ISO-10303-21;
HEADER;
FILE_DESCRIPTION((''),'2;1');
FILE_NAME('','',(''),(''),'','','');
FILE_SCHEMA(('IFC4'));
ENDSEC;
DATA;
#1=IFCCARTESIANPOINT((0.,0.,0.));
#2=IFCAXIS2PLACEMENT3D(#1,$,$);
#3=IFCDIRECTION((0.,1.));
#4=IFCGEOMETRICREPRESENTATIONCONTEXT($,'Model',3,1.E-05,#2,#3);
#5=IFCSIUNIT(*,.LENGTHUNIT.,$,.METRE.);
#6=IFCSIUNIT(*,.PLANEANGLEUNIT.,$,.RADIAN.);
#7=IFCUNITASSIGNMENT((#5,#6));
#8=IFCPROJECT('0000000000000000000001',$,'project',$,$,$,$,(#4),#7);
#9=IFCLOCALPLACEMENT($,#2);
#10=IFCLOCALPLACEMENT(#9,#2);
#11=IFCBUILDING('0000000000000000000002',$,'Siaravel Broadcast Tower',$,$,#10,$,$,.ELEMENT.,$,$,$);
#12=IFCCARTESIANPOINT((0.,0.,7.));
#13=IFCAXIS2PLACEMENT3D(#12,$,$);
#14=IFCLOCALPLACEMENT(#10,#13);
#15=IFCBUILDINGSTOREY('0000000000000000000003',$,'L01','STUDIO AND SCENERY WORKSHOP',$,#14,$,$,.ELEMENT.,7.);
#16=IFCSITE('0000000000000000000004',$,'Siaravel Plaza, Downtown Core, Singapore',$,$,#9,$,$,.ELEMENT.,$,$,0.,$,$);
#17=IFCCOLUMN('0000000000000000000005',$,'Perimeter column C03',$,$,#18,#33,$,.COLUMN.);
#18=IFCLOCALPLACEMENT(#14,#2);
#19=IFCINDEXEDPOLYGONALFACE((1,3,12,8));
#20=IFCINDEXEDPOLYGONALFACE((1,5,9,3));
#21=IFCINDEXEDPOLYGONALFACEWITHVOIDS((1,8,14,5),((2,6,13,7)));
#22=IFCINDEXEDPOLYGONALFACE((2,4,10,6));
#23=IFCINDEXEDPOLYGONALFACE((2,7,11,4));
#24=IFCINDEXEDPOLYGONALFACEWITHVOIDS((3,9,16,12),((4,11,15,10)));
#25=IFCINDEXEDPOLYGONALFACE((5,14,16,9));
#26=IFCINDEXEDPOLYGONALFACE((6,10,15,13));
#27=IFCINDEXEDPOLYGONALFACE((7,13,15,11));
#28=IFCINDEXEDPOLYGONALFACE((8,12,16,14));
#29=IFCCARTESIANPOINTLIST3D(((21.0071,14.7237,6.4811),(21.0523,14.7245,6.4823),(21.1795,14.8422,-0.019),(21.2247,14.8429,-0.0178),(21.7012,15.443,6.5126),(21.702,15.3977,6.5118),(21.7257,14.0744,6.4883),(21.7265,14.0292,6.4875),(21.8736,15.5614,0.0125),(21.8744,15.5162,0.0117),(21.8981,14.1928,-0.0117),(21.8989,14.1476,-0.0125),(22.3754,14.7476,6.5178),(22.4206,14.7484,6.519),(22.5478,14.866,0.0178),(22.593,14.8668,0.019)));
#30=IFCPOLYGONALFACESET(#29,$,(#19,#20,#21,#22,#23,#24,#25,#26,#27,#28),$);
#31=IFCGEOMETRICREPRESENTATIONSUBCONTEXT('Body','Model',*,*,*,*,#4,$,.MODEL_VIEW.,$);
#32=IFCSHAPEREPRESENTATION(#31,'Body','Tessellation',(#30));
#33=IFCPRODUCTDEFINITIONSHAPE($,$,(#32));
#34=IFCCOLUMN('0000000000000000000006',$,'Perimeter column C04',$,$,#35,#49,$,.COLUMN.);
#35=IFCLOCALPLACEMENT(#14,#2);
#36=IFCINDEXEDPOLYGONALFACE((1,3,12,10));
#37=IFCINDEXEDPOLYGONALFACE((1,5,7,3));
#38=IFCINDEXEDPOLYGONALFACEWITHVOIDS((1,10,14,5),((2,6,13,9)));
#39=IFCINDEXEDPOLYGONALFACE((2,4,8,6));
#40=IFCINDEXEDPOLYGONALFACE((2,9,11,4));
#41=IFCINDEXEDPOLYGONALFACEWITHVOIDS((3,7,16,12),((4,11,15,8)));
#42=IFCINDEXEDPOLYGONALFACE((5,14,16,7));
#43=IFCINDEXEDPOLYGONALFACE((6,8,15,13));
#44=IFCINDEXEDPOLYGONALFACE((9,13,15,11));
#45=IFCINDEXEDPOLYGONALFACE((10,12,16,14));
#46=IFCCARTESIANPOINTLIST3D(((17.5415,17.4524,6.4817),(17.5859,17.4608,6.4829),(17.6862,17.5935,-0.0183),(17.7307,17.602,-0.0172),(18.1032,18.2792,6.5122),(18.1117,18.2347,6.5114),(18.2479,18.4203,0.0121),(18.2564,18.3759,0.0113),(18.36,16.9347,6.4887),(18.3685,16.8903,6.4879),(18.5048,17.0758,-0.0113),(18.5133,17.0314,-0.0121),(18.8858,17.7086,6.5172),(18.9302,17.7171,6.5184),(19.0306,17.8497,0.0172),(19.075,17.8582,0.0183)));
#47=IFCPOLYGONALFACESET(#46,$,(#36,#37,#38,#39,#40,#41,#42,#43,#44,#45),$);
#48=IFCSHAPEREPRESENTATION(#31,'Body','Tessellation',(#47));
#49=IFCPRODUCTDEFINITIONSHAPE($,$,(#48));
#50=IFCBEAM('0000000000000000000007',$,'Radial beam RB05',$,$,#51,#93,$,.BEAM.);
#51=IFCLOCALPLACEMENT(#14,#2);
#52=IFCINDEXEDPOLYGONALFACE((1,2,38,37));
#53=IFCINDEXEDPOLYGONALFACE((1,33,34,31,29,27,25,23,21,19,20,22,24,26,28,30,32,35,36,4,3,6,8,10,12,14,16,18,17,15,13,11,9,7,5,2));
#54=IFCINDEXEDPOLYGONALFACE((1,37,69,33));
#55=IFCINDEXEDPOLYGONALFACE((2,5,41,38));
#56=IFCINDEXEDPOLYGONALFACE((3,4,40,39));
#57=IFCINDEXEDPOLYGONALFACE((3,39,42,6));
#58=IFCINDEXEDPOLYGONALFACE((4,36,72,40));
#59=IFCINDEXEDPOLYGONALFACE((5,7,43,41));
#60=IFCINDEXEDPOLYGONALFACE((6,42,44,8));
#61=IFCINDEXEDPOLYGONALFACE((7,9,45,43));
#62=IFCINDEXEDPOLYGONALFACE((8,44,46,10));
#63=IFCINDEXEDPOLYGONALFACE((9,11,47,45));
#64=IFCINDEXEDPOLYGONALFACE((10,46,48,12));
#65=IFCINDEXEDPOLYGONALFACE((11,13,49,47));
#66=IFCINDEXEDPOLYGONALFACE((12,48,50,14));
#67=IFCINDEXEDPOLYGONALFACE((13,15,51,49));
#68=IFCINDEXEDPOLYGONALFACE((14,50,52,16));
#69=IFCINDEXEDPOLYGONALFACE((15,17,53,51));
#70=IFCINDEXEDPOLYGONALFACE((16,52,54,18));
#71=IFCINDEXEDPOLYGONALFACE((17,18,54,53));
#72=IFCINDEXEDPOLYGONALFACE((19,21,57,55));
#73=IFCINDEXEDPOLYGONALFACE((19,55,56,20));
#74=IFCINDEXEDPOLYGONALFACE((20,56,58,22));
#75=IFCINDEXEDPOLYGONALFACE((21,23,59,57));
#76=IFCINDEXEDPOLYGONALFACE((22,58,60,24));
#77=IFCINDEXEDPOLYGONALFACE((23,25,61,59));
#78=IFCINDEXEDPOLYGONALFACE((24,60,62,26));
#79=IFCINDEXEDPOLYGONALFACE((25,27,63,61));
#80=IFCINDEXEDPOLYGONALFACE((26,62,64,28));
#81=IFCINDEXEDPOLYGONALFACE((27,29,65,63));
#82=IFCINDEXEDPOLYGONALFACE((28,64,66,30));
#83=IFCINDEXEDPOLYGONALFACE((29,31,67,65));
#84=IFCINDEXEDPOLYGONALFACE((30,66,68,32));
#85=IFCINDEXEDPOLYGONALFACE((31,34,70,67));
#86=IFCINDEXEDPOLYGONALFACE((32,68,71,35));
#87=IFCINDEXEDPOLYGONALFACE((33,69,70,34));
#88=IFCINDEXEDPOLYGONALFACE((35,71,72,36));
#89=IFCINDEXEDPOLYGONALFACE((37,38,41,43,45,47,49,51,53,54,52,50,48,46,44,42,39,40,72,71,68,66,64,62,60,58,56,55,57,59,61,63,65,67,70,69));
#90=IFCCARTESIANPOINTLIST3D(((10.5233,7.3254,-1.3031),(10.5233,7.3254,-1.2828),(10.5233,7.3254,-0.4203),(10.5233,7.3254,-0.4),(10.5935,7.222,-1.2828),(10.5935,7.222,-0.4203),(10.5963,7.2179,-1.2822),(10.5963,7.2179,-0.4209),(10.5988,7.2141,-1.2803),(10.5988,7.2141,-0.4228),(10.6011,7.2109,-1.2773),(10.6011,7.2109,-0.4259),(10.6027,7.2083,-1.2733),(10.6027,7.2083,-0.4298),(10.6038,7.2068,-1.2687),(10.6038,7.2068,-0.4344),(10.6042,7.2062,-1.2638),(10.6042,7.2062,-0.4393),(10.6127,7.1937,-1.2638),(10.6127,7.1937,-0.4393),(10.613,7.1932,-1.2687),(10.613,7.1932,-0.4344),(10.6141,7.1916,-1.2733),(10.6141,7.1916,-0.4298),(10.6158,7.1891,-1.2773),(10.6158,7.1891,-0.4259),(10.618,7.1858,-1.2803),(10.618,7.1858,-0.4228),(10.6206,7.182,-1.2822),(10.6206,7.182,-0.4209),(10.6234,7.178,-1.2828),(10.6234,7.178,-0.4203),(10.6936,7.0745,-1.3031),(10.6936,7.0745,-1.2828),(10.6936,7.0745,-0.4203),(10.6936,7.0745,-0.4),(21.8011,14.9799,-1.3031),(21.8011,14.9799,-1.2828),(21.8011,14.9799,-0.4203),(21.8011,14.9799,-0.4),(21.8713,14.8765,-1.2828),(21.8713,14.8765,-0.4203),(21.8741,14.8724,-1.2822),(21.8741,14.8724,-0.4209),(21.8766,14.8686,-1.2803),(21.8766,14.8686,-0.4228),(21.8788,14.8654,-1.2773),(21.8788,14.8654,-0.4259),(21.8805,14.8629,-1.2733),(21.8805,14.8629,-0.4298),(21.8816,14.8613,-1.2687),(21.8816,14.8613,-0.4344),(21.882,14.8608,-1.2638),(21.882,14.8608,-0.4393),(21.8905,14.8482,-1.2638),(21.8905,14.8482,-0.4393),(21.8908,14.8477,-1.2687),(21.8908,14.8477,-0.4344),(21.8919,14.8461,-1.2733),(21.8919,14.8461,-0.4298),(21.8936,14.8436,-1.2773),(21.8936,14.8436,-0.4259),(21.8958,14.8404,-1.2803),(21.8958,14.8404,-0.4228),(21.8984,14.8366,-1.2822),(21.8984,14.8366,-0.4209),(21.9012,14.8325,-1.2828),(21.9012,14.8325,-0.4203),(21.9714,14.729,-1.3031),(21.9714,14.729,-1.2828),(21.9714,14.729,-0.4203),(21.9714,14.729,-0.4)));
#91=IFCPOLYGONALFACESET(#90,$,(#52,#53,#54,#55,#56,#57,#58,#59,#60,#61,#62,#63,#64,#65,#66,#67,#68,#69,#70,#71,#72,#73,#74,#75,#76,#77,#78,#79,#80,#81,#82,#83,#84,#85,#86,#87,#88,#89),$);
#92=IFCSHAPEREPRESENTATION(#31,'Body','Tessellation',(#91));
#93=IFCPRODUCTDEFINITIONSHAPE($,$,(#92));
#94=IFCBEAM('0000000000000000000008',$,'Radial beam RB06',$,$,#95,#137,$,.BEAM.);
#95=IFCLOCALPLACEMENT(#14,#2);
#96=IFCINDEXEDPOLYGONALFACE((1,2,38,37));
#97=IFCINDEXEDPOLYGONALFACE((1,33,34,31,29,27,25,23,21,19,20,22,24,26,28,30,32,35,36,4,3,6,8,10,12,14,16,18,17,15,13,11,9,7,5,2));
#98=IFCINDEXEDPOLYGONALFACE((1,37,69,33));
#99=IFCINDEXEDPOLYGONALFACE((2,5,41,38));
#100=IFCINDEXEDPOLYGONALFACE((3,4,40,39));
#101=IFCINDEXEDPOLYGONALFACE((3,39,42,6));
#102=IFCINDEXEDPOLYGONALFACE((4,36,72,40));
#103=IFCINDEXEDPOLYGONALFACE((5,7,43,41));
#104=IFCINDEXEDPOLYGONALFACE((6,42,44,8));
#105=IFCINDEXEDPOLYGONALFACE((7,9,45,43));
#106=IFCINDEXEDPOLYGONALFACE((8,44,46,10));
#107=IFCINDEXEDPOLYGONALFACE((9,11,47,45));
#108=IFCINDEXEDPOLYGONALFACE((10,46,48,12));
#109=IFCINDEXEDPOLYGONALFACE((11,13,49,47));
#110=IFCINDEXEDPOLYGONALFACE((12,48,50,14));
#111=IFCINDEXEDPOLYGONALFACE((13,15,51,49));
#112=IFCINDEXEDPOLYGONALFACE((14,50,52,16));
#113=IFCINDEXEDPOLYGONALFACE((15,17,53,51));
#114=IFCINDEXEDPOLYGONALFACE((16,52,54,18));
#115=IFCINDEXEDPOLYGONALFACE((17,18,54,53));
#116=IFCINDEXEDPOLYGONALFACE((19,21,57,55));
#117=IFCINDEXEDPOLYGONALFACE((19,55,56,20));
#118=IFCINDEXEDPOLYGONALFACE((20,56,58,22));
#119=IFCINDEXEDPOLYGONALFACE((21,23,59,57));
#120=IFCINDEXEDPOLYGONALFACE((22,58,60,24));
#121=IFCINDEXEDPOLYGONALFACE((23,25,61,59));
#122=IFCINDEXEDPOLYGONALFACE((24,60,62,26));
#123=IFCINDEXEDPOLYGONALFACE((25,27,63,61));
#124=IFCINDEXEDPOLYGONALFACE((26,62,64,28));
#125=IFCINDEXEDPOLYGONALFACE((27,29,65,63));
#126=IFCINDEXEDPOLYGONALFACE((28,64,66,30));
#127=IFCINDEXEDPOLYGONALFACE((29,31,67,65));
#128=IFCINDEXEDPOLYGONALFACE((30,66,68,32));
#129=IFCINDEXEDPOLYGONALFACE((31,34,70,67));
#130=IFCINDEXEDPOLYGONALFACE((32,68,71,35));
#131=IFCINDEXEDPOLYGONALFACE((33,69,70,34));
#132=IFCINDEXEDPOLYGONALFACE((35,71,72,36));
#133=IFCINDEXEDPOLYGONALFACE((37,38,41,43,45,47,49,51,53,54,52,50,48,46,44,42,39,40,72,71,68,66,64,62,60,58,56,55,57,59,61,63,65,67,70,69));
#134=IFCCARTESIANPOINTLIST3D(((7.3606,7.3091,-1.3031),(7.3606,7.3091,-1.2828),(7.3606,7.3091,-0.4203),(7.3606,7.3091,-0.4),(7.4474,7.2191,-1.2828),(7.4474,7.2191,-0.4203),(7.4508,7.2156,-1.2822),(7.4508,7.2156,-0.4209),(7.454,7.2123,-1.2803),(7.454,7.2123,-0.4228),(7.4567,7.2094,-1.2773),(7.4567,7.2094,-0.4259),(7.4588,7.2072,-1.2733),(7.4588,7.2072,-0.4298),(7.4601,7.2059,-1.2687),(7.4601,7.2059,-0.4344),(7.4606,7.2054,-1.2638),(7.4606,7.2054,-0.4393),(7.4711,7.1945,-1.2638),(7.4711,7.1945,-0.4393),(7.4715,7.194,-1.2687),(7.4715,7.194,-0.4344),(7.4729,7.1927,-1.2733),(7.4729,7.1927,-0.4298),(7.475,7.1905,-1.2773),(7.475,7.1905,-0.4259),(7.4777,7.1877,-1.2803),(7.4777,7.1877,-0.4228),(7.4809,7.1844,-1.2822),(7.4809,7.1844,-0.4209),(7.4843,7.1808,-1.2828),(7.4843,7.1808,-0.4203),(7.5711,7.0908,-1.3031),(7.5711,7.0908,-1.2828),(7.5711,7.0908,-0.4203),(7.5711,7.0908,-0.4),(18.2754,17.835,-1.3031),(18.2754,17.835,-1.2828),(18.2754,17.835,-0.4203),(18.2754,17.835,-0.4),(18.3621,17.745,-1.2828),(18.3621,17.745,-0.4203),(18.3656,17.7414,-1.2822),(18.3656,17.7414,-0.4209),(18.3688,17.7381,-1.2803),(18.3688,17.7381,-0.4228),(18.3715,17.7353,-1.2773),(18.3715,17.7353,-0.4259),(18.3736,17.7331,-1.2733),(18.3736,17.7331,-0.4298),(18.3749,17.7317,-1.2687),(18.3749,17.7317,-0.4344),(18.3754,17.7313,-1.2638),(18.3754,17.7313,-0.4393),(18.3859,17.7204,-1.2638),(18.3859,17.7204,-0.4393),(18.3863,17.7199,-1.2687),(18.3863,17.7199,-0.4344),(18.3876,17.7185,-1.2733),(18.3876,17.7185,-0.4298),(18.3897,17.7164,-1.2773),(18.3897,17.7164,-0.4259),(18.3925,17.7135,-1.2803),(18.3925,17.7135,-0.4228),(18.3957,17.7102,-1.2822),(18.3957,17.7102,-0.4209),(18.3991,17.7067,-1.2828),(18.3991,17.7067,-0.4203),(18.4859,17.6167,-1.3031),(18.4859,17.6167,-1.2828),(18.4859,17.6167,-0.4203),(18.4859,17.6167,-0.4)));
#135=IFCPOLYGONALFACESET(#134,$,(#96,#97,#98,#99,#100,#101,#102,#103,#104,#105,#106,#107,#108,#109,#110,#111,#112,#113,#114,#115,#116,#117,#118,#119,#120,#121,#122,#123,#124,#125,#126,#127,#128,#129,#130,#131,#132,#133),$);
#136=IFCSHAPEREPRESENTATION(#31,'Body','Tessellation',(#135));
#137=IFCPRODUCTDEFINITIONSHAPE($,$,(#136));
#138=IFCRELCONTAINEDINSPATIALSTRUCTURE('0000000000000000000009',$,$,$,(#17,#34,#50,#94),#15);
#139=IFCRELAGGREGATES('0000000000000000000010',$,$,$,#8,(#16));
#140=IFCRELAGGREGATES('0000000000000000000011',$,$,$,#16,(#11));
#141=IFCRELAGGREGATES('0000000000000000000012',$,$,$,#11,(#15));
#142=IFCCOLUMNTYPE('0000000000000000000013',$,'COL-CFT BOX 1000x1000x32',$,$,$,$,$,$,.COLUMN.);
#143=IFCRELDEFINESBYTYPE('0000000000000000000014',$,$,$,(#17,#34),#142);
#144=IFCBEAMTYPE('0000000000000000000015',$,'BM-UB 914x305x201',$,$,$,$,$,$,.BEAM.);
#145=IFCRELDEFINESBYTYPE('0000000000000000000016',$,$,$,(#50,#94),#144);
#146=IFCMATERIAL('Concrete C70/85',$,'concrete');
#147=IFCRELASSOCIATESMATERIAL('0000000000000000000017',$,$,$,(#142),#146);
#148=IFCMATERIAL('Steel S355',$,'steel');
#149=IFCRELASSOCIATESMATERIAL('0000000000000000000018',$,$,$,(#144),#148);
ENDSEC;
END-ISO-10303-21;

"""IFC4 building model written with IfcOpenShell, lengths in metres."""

from ifc_helpers import new_model, si_unit, direction, frame, origin, origin_2d, place, context, subcontext, project, spatial, hollow_rectangle, i_section, extrude, material, material_profile, profile_set, type_object, element, save


model = new_model("IFC4")

# Units and contexts
model_context = context("Model", 3, precision=1e-05, world=origin(), true_north=direction((0.0, 1.0)))
body_context = subcontext(model_context, "Body", "Model", "MODEL_VIEW")
ifc_project = project(units=[si_unit("LENGTHUNIT", "METRE"), si_unit("PLANEANGLEUNIT", "RADIAN")], contexts=[model_context])

# Site, building, storey
site_placement = place(None, origin())
site = spatial("IfcSite", under=ifc_project, at=site_placement, Name="Siaravel Plaza, Downtown Core, Singapore", CompositionType="ELEMENT", RefElevation=0.0)
building_placement = place(site_placement, origin())
building = spatial("IfcBuilding", under=site, at=building_placement, Name="Siaravel Broadcast Tower", CompositionType="ELEMENT")
storey_placement = place(building_placement, frame((0.0, 0.0, 7.0)))
storey = spatial("IfcBuildingStorey", under=building, at=storey_placement, Name="L01", Description="STUDIO AND SCENERY WORKSHOP", CompositionType="ELEMENT", Elevation=7.0)

# Columns
ifc_material_1 = material(Name="Concrete C70/85", Category="concrete")
ifc_material_profile_1 = material_profile(ifc_material_1, hollow_rectangle(XDim=1.0, YDim=1.0, WallThickness=0.032, at=origin_2d()))
ifc_profile_set_1 = profile_set([ifc_material_profile_1], Name="Concrete C70/85")
column_type = type_object("IfcColumnType", Name="COL-CFT BOX 1000x1000x32", PredefinedType="COLUMN", material=ifc_profile_set_1)
column_1_placement = place(storey_placement, frame((21.8862, 14.8545, 0.0), z_axis=(-0.026504, -0.018207, 0.999483), x_axis=(0.719423, -0.694543, 0.006425)))
element("IfcColumn", 1, at=column_1_placement, inside=storey, type_object=column_type, Name="Perimeter column C03", PredefinedType="COLUMN", context=body_context, shape_type="SweptSolid", body=[
    extrude(hollow_rectangle(XDim=1.0, YDim=1.0, WallThickness=0.032, at=origin_2d()), origin(), (0.0, 0.0, 1.0), 6.5034),
])
column_2_placement = place(storey_placement, frame((18.3806, 17.7258, 0.0), z_axis=(-0.022262, -0.021699, 0.999517), x_axis=(0.827042, -0.562106, 0.006218)))
element("IfcColumn", 2, at=column_2_placement, inside=storey, type_object=column_type, Name="Perimeter column C04", PredefinedType="COLUMN", context=body_context, shape_type="SweptSolid", body=[
    extrude(hollow_rectangle(XDim=1.0, YDim=1.0, WallThickness=0.032, at=origin_2d()), origin(), (0.0, 0.0, 1.0), 6.5032),
])

# Beams
ifc_material_2 = material(Name="Steel S355", Category="steel")
ifc_material_profile_2 = material_profile(ifc_material_2, i_section(OverallWidth=0.3032, OverallDepth=0.9031, WebThickness=0.0151, FlangeThickness=0.0203, FilletRadius=0.019, at=origin_2d()))
ifc_profile_set_2 = profile_set([ifc_material_profile_2], Name="Steel S355")
beam_type = type_object("IfcBeamType", Name="BM-UB 914x305x201", PredefinedType="BEAM", material=ifc_profile_set_2)
beam_1_placement = place(storey_placement, frame((21.8862, 14.8545, -0.8516), z_axis=(-0.827417, -0.561588, 0.0), x_axis=(0.561588, -0.827417, 0.0)))
element("IfcBeam", 3, at=beam_1_placement, inside=storey, type_object=beam_type, Name="Radial beam RB05", PredefinedType="BEAM", context=body_context, shape_type="SweptSolid", body=[
    extrude(i_section(OverallWidth=0.3032, OverallDepth=0.9031, WebThickness=0.0151, FlangeThickness=0.0203, FilletRadius=0.019, at=origin_2d()), origin(), (0.0, 0.0, 1.0), 13.6301),
])
beam_2_placement = place(storey_placement, frame((18.3806, 17.7258, -0.8516), z_axis=(-0.719815, -0.694166, 0.0), x_axis=(0.694166, -0.719815, 0.0)))
element("IfcBeam", 4, at=beam_2_placement, inside=storey, type_object=beam_type, Name="Radial beam RB06", PredefinedType="BEAM", context=body_context, shape_type="SweptSolid", body=[
    extrude(i_section(OverallWidth=0.3032, OverallDepth=0.9031, WebThickness=0.0151, FlangeThickness=0.0203, FilletRadius=0.019, at=origin_2d()), origin(), (0.0, 0.0, 1.0), 15.1633),
])

save(model, "model.ifc")
